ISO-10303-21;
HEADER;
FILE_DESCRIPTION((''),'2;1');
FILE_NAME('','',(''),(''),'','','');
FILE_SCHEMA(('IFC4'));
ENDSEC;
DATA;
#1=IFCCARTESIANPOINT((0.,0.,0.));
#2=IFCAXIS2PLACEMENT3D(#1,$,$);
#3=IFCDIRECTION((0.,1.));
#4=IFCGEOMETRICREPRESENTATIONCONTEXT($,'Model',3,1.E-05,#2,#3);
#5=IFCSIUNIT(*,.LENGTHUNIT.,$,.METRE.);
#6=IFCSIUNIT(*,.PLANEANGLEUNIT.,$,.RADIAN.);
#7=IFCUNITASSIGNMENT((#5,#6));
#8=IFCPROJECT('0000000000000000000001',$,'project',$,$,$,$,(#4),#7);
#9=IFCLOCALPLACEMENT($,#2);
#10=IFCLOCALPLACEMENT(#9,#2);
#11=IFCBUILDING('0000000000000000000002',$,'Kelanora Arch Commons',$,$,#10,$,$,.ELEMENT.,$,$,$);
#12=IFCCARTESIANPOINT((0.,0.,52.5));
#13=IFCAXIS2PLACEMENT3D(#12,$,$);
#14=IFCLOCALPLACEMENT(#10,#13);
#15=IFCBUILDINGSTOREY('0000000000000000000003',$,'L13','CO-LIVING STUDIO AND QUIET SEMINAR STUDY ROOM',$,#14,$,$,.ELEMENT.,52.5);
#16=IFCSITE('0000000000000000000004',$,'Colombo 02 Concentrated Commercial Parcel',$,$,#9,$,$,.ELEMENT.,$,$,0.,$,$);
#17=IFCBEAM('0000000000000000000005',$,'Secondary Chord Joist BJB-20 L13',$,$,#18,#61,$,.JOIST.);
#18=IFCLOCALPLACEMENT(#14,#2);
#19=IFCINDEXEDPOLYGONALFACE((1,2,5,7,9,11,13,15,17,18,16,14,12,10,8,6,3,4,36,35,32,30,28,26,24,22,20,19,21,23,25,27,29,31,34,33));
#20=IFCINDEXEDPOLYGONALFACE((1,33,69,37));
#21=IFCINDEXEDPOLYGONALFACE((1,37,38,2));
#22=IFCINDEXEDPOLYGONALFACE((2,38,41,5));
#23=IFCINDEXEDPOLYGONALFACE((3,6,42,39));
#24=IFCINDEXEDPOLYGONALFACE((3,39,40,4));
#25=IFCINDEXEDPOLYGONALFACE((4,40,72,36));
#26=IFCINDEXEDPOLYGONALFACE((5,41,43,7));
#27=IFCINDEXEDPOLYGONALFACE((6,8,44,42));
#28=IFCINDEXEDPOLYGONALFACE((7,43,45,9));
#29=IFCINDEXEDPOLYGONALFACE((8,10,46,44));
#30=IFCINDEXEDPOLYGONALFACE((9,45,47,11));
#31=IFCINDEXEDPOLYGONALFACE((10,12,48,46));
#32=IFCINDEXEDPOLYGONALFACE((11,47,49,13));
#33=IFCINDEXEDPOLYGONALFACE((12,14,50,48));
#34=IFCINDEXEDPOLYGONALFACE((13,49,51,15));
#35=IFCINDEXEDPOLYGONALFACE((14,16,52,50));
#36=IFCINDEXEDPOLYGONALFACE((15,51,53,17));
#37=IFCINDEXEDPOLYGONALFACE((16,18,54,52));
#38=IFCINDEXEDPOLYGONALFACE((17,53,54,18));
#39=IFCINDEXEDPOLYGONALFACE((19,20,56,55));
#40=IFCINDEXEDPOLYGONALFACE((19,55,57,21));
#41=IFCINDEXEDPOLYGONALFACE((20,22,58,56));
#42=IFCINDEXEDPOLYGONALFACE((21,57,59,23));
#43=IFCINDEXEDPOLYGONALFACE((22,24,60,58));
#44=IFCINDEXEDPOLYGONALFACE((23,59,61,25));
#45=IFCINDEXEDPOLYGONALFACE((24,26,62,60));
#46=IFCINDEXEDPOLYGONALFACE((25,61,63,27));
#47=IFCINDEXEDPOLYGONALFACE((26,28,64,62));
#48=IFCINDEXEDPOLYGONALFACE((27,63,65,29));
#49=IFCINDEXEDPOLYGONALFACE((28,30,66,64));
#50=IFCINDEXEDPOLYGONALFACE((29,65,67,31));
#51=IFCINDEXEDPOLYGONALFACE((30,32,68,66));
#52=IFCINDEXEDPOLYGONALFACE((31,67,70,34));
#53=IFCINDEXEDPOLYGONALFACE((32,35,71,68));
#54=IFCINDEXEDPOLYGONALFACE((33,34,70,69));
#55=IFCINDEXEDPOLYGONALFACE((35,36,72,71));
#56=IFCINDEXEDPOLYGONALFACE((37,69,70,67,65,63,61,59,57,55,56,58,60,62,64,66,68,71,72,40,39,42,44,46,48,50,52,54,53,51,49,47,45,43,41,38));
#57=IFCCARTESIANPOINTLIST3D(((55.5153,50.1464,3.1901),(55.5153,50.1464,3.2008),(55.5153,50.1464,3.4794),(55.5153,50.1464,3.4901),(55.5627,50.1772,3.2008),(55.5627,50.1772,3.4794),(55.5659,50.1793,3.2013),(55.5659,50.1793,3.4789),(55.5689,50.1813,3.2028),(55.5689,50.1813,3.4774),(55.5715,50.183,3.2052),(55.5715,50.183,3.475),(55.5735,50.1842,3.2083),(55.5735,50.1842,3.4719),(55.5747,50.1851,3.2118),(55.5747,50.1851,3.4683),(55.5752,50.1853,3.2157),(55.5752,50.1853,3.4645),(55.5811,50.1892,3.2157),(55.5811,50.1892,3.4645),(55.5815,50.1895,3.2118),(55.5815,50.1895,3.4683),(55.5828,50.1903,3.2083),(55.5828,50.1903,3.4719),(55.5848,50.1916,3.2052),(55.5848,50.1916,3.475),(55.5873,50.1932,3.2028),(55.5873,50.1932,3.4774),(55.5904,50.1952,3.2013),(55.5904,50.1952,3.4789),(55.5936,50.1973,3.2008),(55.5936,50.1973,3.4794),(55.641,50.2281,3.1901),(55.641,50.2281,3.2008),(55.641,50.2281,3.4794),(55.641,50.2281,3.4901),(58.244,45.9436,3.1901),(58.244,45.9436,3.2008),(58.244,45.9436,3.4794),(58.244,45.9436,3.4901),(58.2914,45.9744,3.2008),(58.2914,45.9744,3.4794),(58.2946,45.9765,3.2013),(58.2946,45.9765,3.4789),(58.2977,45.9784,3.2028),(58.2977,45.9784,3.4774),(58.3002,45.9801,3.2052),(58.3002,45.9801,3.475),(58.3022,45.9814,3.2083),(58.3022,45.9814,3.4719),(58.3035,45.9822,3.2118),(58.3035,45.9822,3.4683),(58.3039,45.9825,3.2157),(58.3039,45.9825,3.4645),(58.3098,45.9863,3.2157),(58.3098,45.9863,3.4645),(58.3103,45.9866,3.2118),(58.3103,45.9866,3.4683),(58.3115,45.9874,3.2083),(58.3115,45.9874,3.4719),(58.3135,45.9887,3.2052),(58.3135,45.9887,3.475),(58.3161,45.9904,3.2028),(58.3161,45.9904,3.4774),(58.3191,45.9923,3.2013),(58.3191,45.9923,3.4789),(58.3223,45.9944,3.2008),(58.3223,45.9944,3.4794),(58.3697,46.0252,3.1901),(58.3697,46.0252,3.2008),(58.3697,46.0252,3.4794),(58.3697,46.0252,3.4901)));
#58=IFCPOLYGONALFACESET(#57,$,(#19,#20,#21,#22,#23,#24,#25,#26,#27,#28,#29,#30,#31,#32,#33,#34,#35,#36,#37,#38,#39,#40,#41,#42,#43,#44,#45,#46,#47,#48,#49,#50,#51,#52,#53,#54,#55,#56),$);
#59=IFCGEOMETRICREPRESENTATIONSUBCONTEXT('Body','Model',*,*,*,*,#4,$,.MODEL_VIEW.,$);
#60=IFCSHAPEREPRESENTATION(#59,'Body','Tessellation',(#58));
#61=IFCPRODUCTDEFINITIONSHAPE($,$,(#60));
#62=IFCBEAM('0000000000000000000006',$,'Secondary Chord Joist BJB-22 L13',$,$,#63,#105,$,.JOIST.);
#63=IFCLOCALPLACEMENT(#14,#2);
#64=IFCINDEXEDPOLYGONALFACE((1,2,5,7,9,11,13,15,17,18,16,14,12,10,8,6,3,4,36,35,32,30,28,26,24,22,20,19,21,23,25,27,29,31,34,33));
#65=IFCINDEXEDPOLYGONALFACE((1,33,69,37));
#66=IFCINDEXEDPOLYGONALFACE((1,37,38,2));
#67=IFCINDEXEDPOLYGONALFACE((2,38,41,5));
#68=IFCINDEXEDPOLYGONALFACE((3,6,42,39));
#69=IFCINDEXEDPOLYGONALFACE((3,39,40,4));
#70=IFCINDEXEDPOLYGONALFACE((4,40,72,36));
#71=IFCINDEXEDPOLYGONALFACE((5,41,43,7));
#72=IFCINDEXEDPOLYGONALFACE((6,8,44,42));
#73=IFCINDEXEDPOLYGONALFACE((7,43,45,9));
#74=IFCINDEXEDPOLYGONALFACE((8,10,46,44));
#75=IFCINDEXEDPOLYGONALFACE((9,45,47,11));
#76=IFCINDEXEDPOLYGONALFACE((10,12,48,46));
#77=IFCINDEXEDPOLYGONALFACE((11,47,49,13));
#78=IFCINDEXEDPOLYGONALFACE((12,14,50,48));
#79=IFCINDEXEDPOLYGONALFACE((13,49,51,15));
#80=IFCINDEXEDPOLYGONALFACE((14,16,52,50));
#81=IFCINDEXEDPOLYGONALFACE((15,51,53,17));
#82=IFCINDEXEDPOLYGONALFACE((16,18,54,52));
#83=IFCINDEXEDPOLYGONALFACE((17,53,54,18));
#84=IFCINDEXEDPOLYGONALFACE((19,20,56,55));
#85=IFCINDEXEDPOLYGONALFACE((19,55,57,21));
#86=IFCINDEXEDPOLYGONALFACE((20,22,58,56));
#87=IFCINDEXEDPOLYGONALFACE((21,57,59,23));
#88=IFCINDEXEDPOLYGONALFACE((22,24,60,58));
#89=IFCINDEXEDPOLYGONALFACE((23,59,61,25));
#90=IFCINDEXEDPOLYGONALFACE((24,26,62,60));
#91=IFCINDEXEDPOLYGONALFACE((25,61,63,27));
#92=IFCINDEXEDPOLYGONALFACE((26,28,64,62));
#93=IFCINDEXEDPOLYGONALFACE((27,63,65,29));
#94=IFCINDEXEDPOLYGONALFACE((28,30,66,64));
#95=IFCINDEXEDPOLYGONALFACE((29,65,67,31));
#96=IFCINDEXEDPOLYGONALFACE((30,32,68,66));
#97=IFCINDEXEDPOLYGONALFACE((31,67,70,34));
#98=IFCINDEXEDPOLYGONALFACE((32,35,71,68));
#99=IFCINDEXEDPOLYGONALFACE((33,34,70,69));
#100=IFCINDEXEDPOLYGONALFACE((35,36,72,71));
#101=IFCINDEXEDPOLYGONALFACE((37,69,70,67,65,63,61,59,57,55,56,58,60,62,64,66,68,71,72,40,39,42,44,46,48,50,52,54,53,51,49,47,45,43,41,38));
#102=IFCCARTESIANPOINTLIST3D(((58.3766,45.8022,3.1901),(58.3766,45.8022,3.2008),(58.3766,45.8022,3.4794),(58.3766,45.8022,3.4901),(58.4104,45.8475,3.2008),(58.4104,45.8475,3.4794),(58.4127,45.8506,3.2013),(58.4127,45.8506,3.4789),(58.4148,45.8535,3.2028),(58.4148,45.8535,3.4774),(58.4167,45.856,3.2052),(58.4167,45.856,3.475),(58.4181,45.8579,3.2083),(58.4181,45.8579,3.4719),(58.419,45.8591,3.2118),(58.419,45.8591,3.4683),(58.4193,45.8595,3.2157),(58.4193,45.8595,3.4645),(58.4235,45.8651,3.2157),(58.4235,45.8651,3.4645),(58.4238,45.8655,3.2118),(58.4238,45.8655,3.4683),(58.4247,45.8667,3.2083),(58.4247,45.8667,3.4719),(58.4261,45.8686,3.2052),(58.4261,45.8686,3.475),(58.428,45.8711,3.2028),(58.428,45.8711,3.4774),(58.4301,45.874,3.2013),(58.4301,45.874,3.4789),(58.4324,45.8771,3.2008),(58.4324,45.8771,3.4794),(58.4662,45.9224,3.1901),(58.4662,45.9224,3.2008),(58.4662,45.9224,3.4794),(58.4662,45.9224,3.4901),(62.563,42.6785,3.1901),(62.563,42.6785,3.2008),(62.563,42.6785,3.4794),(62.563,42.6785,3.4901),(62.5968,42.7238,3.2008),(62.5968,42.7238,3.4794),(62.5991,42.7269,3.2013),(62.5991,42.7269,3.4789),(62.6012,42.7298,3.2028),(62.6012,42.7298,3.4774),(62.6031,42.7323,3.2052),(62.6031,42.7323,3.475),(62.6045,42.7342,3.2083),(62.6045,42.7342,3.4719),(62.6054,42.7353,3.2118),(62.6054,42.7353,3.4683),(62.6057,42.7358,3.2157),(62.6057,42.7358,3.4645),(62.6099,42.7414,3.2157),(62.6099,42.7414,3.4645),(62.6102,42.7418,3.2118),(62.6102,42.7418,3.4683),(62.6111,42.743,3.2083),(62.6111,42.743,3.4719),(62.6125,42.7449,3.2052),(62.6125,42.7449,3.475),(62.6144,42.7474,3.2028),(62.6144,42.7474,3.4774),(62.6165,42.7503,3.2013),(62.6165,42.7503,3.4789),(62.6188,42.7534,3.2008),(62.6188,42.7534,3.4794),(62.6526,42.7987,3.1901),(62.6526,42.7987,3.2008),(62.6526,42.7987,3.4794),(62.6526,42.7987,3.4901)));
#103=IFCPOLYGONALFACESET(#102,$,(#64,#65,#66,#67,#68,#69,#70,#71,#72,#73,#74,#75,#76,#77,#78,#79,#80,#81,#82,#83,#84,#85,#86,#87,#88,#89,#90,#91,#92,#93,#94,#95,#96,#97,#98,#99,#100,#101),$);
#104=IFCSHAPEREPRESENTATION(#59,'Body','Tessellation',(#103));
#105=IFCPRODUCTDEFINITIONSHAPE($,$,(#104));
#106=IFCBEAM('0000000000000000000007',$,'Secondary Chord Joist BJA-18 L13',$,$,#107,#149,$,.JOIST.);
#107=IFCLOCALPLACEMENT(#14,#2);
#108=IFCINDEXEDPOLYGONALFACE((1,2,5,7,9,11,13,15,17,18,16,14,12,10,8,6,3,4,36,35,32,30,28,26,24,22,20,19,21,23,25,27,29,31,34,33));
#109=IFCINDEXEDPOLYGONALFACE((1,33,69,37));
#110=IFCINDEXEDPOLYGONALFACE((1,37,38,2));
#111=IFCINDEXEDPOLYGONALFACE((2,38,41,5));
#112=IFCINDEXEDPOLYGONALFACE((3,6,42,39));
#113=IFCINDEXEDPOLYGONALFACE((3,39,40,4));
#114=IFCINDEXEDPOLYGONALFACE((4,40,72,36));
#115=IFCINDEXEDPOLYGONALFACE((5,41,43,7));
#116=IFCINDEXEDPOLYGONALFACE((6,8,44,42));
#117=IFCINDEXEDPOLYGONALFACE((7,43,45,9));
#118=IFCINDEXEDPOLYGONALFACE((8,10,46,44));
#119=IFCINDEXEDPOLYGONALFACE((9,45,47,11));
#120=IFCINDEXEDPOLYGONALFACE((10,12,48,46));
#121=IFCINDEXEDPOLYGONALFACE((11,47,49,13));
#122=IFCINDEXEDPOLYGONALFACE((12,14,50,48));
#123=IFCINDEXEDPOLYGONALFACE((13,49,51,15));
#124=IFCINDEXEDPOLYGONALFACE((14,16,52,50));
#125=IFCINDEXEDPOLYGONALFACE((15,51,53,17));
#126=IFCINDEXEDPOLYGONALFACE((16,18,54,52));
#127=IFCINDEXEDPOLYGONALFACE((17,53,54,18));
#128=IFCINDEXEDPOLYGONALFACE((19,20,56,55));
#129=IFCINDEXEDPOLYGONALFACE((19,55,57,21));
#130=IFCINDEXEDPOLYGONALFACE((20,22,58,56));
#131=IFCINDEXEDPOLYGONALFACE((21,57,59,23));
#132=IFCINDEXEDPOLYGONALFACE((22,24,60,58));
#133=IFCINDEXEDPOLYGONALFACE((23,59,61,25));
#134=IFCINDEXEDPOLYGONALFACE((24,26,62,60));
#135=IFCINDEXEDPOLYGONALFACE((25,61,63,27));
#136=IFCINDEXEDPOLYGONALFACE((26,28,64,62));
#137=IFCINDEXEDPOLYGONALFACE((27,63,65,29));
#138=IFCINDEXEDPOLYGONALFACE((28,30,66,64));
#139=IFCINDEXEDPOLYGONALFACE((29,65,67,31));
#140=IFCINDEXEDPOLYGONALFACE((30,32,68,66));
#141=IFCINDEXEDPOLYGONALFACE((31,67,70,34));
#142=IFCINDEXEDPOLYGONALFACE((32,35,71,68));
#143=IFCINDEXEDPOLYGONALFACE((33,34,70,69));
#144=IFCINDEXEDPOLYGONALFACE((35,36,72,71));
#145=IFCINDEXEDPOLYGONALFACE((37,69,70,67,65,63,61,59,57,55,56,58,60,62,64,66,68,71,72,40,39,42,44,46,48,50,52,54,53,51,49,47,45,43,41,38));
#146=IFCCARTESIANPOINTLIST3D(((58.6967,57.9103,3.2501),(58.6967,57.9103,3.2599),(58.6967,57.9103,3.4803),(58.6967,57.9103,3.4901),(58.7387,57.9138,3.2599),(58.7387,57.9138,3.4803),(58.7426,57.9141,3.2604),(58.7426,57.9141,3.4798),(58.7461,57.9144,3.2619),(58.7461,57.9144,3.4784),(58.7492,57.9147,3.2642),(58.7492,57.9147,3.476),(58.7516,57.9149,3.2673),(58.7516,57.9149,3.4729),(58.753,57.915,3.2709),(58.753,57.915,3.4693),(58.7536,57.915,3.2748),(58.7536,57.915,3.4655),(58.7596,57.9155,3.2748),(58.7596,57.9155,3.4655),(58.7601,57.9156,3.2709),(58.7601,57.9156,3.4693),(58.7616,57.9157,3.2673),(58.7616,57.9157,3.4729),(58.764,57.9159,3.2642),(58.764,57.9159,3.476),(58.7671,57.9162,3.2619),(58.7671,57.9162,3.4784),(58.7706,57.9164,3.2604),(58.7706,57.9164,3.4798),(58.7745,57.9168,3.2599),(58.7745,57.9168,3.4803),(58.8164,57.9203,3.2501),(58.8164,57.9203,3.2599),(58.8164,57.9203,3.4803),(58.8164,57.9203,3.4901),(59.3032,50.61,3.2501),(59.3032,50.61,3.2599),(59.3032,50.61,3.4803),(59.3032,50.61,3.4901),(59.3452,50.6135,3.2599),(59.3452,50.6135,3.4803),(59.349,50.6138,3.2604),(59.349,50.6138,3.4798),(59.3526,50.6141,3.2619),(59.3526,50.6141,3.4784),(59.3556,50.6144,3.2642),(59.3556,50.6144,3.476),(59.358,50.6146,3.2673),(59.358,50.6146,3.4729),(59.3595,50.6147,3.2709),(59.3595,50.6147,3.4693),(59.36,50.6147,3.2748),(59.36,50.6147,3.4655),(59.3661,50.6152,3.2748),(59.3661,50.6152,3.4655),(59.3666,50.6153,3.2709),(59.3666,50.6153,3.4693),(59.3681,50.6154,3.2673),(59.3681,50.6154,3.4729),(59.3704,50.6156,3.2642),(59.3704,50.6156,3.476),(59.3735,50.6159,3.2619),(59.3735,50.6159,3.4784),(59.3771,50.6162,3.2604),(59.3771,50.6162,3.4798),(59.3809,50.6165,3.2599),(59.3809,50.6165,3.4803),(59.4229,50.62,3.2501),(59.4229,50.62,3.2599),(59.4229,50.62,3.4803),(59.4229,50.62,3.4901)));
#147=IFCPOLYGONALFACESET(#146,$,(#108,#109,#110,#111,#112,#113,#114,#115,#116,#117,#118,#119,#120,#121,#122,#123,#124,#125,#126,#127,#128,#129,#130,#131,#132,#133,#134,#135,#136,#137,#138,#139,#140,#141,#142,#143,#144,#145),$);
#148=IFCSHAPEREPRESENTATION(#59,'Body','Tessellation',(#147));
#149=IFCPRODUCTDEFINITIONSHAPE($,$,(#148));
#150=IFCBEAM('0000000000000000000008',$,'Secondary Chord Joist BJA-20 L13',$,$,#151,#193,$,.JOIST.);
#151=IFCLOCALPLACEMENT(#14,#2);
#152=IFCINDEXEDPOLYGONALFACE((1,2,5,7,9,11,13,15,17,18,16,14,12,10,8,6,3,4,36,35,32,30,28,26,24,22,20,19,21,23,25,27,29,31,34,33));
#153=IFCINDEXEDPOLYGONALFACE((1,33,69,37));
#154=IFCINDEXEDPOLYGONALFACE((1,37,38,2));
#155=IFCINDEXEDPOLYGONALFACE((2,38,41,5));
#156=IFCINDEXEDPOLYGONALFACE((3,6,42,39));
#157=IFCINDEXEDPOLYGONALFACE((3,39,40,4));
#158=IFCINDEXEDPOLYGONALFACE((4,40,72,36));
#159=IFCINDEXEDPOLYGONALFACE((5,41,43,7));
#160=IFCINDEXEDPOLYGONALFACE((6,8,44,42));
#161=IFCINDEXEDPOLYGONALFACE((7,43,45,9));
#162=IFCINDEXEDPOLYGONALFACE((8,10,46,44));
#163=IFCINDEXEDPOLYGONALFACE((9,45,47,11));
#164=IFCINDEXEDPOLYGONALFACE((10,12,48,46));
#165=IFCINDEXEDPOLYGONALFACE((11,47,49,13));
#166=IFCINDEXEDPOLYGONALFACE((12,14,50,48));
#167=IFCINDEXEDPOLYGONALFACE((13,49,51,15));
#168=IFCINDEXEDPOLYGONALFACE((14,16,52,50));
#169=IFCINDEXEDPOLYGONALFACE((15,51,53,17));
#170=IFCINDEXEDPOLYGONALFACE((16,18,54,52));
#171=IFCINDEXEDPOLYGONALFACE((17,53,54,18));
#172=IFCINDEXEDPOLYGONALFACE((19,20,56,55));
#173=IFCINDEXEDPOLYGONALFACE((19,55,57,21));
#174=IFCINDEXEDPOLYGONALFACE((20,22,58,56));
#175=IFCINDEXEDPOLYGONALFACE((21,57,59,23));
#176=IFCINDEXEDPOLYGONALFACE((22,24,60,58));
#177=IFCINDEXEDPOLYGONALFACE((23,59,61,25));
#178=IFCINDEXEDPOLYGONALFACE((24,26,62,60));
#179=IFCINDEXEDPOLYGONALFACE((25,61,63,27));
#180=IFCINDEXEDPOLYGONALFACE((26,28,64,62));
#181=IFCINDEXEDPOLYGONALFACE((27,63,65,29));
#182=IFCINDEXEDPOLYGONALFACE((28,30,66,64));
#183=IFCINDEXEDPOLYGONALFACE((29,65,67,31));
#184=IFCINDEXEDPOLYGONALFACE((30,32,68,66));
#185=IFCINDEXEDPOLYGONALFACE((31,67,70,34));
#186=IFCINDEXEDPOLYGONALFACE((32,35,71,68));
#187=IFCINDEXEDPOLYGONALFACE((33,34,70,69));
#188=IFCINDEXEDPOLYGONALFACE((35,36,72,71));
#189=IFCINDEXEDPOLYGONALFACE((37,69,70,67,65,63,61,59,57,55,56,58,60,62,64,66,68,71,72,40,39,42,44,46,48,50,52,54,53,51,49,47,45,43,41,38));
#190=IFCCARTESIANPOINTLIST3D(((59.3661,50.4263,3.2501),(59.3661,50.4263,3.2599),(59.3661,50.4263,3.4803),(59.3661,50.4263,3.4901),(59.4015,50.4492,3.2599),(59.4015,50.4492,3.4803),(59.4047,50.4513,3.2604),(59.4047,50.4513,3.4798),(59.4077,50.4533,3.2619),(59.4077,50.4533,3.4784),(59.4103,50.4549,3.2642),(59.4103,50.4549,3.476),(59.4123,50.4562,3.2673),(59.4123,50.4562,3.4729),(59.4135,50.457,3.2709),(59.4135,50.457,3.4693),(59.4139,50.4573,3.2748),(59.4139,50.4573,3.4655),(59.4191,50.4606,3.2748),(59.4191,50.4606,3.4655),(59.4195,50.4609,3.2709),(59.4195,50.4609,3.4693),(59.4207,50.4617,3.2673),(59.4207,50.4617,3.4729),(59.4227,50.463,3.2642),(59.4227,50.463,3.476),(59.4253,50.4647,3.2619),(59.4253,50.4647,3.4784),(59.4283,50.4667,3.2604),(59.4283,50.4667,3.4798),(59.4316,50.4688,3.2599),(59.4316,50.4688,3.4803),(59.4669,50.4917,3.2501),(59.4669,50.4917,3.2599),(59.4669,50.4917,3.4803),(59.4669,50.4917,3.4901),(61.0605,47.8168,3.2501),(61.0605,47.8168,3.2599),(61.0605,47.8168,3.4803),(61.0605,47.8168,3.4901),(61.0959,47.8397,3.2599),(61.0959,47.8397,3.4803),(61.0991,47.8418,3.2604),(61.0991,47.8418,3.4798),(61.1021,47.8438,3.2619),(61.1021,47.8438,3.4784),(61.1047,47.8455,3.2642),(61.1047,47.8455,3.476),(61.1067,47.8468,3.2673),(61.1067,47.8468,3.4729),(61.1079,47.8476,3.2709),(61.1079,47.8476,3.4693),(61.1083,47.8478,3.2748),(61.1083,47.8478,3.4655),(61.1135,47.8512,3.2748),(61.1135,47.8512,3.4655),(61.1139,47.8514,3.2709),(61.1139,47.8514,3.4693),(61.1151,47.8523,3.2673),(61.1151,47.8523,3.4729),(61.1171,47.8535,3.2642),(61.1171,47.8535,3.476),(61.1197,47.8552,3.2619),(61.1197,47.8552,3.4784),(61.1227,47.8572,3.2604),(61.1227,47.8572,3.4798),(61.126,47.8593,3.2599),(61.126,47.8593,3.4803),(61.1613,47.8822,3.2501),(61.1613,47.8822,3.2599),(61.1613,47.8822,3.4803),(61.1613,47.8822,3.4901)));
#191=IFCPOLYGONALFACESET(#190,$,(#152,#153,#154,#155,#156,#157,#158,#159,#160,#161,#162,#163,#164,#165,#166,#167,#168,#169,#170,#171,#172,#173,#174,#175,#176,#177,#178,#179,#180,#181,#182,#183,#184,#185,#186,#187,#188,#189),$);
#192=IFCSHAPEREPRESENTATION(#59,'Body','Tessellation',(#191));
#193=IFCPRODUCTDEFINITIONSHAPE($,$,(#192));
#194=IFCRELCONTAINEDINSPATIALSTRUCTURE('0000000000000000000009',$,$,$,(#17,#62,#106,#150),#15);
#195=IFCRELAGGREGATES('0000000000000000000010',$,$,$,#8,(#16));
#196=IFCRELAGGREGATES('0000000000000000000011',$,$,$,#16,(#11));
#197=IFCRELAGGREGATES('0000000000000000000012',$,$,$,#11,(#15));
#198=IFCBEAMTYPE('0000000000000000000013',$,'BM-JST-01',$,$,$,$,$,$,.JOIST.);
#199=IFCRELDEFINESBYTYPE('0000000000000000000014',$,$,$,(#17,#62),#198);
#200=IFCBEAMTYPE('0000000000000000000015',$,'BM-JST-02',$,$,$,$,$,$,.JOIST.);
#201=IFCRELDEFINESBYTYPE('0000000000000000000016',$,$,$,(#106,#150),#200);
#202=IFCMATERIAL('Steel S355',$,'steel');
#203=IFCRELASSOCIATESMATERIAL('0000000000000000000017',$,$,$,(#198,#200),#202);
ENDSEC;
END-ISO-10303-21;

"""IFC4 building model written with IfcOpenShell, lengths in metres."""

from ifc_helpers import new_model, si_unit, direction, frame, origin, origin_2d, place, context, subcontext, project, spatial, i_section, extrude, material, material_profile, profile_set, type_object, element, save


model = new_model("IFC4")

# Units and contexts
model_context = context("Model", 3, precision=1e-05, world=origin(), true_north=direction((0.0, 1.0)))
body_context = subcontext(model_context, "Body", "Model", "MODEL_VIEW")
ifc_project = project(units=[si_unit("LENGTHUNIT", "METRE"), si_unit("PLANEANGLEUNIT", "RADIAN")], contexts=[model_context])

# Site, building, storey
site_placement = place(None, origin())
site = spatial("IfcSite", under=ifc_project, at=site_placement, Name="Colombo 02 Concentrated Commercial Parcel", CompositionType="ELEMENT", RefElevation=0.0)
building_placement = place(site_placement, origin())
building = spatial("IfcBuilding", under=site, at=building_placement, Name="Kelanora Arch Commons", CompositionType="ELEMENT")
storey_placement = place(building_placement, frame((0.0, 0.0, 52.5)))
storey = spatial("IfcBuildingStorey", under=building, at=storey_placement, Name="L13", Description="CO-LIVING STUDIO AND QUIET SEMINAR STUDY ROOM", CompositionType="ELEMENT", Elevation=52.5)

# Beams
ifc_material_1 = material(Name="Steel S355", Category="steel")
ifc_material_profile_1 = material_profile(ifc_material_1, i_section(OverallWidth=0.1499, OverallDepth=0.3, WebThickness=0.0071, FlangeThickness=0.0107, FilletRadius=0.0149, at=origin_2d()), Name="IPE300")
ifc_profile_set_1 = profile_set([ifc_material_profile_1], Name="Steel S355")
beam_type_1 = type_object("IfcBeamType", Name="BM-JST-01", PredefinedType="JOIST", material=ifc_profile_set_1)
beam_1_placement = place(storey_placement, frame((55.5781, 50.1873, 3.3401), z_axis=(0.544552, -0.838727, 0.0), x_axis=(0.838727, 0.544552, 0.0)))
element("IfcBeam", 1, at=beam_1_placement, inside=storey, type_object=beam_type_1, Name="Secondary Chord Joist BJB-20 L13", PredefinedType="JOIST", context=body_context, shape_type="SweptSolid", body=[
    extrude(i_section(OverallWidth=0.1499, OverallDepth=0.3, WebThickness=0.0071, FlangeThickness=0.0107, FilletRadius=0.0149, at=origin_2d()), origin(), (0.0, 0.0, 1.0), 5.011),
])
beam_2_placement = place(storey_placement, frame((58.4214, 45.8623, 3.3401), z_axis=(0.801478, -0.598024, 0.0), x_axis=(0.598024, 0.801478, 0.0)))
element("IfcBeam", 2, at=beam_2_placement, inside=storey, type_object=beam_type_1, Name="Secondary Chord Joist BJB-22 L13", PredefinedType="JOIST", context=body_context, shape_type="SweptSolid", body=[
    extrude(i_section(OverallWidth=0.1499, OverallDepth=0.3, WebThickness=0.0071, FlangeThickness=0.0107, FilletRadius=0.0149, at=origin_2d()), origin(), (0.0, 0.0, 1.0), 5.2234),
])
ifc_material_profile_2 = material_profile(ifc_material_1, i_section(OverallWidth=0.1201, OverallDepth=0.24, WebThickness=0.0061, FlangeThickness=0.0098, FilletRadius=0.0149, at=origin_2d()), Name="IPE240")
ifc_profile_set_2 = profile_set([ifc_material_profile_2], Name="Steel S355")
beam_type_2 = type_object("IfcBeamType", Name="BM-JST-02", PredefinedType="JOIST", material=ifc_profile_set_2)
beam_3_placement = place(storey_placement, frame((58.7566, 57.9153, 3.3701), z_axis=(0.082786, -0.996567, 0.0), x_axis=(0.996567, 0.082786, 0.0)))
element("IfcBeam", 3, at=beam_3_placement, inside=storey, type_object=beam_type_2, Name="Secondary Chord Joist BJA-18 L13", PredefinedType="JOIST", context=body_context, shape_type="SweptSolid", body=[
    extrude(i_section(OverallWidth=0.1201, OverallDepth=0.24, WebThickness=0.0061, FlangeThickness=0.0098, FilletRadius=0.0149, at=origin_2d()), origin(), (0.0, 0.0, 1.0), 7.3254),
])
beam_4_placement = place(storey_placement, frame((59.4165, 50.459, 3.3701), z_axis=(0.544591, -0.838702, 0.0), x_axis=(0.838702, 0.544591, 0.0)))
element("IfcBeam", 4, at=beam_4_placement, inside=storey, type_object=beam_type_2, Name="Secondary Chord Joist BJA-20 L13", PredefinedType="JOIST", context=body_context, shape_type="SweptSolid", body=[
    extrude(i_section(OverallWidth=0.1201, OverallDepth=0.24, WebThickness=0.0061, FlangeThickness=0.0098, FilletRadius=0.0149, at=origin_2d()), origin(), (0.0, 0.0, 1.0), 3.1113),
])

save(model, "model.ifc")
